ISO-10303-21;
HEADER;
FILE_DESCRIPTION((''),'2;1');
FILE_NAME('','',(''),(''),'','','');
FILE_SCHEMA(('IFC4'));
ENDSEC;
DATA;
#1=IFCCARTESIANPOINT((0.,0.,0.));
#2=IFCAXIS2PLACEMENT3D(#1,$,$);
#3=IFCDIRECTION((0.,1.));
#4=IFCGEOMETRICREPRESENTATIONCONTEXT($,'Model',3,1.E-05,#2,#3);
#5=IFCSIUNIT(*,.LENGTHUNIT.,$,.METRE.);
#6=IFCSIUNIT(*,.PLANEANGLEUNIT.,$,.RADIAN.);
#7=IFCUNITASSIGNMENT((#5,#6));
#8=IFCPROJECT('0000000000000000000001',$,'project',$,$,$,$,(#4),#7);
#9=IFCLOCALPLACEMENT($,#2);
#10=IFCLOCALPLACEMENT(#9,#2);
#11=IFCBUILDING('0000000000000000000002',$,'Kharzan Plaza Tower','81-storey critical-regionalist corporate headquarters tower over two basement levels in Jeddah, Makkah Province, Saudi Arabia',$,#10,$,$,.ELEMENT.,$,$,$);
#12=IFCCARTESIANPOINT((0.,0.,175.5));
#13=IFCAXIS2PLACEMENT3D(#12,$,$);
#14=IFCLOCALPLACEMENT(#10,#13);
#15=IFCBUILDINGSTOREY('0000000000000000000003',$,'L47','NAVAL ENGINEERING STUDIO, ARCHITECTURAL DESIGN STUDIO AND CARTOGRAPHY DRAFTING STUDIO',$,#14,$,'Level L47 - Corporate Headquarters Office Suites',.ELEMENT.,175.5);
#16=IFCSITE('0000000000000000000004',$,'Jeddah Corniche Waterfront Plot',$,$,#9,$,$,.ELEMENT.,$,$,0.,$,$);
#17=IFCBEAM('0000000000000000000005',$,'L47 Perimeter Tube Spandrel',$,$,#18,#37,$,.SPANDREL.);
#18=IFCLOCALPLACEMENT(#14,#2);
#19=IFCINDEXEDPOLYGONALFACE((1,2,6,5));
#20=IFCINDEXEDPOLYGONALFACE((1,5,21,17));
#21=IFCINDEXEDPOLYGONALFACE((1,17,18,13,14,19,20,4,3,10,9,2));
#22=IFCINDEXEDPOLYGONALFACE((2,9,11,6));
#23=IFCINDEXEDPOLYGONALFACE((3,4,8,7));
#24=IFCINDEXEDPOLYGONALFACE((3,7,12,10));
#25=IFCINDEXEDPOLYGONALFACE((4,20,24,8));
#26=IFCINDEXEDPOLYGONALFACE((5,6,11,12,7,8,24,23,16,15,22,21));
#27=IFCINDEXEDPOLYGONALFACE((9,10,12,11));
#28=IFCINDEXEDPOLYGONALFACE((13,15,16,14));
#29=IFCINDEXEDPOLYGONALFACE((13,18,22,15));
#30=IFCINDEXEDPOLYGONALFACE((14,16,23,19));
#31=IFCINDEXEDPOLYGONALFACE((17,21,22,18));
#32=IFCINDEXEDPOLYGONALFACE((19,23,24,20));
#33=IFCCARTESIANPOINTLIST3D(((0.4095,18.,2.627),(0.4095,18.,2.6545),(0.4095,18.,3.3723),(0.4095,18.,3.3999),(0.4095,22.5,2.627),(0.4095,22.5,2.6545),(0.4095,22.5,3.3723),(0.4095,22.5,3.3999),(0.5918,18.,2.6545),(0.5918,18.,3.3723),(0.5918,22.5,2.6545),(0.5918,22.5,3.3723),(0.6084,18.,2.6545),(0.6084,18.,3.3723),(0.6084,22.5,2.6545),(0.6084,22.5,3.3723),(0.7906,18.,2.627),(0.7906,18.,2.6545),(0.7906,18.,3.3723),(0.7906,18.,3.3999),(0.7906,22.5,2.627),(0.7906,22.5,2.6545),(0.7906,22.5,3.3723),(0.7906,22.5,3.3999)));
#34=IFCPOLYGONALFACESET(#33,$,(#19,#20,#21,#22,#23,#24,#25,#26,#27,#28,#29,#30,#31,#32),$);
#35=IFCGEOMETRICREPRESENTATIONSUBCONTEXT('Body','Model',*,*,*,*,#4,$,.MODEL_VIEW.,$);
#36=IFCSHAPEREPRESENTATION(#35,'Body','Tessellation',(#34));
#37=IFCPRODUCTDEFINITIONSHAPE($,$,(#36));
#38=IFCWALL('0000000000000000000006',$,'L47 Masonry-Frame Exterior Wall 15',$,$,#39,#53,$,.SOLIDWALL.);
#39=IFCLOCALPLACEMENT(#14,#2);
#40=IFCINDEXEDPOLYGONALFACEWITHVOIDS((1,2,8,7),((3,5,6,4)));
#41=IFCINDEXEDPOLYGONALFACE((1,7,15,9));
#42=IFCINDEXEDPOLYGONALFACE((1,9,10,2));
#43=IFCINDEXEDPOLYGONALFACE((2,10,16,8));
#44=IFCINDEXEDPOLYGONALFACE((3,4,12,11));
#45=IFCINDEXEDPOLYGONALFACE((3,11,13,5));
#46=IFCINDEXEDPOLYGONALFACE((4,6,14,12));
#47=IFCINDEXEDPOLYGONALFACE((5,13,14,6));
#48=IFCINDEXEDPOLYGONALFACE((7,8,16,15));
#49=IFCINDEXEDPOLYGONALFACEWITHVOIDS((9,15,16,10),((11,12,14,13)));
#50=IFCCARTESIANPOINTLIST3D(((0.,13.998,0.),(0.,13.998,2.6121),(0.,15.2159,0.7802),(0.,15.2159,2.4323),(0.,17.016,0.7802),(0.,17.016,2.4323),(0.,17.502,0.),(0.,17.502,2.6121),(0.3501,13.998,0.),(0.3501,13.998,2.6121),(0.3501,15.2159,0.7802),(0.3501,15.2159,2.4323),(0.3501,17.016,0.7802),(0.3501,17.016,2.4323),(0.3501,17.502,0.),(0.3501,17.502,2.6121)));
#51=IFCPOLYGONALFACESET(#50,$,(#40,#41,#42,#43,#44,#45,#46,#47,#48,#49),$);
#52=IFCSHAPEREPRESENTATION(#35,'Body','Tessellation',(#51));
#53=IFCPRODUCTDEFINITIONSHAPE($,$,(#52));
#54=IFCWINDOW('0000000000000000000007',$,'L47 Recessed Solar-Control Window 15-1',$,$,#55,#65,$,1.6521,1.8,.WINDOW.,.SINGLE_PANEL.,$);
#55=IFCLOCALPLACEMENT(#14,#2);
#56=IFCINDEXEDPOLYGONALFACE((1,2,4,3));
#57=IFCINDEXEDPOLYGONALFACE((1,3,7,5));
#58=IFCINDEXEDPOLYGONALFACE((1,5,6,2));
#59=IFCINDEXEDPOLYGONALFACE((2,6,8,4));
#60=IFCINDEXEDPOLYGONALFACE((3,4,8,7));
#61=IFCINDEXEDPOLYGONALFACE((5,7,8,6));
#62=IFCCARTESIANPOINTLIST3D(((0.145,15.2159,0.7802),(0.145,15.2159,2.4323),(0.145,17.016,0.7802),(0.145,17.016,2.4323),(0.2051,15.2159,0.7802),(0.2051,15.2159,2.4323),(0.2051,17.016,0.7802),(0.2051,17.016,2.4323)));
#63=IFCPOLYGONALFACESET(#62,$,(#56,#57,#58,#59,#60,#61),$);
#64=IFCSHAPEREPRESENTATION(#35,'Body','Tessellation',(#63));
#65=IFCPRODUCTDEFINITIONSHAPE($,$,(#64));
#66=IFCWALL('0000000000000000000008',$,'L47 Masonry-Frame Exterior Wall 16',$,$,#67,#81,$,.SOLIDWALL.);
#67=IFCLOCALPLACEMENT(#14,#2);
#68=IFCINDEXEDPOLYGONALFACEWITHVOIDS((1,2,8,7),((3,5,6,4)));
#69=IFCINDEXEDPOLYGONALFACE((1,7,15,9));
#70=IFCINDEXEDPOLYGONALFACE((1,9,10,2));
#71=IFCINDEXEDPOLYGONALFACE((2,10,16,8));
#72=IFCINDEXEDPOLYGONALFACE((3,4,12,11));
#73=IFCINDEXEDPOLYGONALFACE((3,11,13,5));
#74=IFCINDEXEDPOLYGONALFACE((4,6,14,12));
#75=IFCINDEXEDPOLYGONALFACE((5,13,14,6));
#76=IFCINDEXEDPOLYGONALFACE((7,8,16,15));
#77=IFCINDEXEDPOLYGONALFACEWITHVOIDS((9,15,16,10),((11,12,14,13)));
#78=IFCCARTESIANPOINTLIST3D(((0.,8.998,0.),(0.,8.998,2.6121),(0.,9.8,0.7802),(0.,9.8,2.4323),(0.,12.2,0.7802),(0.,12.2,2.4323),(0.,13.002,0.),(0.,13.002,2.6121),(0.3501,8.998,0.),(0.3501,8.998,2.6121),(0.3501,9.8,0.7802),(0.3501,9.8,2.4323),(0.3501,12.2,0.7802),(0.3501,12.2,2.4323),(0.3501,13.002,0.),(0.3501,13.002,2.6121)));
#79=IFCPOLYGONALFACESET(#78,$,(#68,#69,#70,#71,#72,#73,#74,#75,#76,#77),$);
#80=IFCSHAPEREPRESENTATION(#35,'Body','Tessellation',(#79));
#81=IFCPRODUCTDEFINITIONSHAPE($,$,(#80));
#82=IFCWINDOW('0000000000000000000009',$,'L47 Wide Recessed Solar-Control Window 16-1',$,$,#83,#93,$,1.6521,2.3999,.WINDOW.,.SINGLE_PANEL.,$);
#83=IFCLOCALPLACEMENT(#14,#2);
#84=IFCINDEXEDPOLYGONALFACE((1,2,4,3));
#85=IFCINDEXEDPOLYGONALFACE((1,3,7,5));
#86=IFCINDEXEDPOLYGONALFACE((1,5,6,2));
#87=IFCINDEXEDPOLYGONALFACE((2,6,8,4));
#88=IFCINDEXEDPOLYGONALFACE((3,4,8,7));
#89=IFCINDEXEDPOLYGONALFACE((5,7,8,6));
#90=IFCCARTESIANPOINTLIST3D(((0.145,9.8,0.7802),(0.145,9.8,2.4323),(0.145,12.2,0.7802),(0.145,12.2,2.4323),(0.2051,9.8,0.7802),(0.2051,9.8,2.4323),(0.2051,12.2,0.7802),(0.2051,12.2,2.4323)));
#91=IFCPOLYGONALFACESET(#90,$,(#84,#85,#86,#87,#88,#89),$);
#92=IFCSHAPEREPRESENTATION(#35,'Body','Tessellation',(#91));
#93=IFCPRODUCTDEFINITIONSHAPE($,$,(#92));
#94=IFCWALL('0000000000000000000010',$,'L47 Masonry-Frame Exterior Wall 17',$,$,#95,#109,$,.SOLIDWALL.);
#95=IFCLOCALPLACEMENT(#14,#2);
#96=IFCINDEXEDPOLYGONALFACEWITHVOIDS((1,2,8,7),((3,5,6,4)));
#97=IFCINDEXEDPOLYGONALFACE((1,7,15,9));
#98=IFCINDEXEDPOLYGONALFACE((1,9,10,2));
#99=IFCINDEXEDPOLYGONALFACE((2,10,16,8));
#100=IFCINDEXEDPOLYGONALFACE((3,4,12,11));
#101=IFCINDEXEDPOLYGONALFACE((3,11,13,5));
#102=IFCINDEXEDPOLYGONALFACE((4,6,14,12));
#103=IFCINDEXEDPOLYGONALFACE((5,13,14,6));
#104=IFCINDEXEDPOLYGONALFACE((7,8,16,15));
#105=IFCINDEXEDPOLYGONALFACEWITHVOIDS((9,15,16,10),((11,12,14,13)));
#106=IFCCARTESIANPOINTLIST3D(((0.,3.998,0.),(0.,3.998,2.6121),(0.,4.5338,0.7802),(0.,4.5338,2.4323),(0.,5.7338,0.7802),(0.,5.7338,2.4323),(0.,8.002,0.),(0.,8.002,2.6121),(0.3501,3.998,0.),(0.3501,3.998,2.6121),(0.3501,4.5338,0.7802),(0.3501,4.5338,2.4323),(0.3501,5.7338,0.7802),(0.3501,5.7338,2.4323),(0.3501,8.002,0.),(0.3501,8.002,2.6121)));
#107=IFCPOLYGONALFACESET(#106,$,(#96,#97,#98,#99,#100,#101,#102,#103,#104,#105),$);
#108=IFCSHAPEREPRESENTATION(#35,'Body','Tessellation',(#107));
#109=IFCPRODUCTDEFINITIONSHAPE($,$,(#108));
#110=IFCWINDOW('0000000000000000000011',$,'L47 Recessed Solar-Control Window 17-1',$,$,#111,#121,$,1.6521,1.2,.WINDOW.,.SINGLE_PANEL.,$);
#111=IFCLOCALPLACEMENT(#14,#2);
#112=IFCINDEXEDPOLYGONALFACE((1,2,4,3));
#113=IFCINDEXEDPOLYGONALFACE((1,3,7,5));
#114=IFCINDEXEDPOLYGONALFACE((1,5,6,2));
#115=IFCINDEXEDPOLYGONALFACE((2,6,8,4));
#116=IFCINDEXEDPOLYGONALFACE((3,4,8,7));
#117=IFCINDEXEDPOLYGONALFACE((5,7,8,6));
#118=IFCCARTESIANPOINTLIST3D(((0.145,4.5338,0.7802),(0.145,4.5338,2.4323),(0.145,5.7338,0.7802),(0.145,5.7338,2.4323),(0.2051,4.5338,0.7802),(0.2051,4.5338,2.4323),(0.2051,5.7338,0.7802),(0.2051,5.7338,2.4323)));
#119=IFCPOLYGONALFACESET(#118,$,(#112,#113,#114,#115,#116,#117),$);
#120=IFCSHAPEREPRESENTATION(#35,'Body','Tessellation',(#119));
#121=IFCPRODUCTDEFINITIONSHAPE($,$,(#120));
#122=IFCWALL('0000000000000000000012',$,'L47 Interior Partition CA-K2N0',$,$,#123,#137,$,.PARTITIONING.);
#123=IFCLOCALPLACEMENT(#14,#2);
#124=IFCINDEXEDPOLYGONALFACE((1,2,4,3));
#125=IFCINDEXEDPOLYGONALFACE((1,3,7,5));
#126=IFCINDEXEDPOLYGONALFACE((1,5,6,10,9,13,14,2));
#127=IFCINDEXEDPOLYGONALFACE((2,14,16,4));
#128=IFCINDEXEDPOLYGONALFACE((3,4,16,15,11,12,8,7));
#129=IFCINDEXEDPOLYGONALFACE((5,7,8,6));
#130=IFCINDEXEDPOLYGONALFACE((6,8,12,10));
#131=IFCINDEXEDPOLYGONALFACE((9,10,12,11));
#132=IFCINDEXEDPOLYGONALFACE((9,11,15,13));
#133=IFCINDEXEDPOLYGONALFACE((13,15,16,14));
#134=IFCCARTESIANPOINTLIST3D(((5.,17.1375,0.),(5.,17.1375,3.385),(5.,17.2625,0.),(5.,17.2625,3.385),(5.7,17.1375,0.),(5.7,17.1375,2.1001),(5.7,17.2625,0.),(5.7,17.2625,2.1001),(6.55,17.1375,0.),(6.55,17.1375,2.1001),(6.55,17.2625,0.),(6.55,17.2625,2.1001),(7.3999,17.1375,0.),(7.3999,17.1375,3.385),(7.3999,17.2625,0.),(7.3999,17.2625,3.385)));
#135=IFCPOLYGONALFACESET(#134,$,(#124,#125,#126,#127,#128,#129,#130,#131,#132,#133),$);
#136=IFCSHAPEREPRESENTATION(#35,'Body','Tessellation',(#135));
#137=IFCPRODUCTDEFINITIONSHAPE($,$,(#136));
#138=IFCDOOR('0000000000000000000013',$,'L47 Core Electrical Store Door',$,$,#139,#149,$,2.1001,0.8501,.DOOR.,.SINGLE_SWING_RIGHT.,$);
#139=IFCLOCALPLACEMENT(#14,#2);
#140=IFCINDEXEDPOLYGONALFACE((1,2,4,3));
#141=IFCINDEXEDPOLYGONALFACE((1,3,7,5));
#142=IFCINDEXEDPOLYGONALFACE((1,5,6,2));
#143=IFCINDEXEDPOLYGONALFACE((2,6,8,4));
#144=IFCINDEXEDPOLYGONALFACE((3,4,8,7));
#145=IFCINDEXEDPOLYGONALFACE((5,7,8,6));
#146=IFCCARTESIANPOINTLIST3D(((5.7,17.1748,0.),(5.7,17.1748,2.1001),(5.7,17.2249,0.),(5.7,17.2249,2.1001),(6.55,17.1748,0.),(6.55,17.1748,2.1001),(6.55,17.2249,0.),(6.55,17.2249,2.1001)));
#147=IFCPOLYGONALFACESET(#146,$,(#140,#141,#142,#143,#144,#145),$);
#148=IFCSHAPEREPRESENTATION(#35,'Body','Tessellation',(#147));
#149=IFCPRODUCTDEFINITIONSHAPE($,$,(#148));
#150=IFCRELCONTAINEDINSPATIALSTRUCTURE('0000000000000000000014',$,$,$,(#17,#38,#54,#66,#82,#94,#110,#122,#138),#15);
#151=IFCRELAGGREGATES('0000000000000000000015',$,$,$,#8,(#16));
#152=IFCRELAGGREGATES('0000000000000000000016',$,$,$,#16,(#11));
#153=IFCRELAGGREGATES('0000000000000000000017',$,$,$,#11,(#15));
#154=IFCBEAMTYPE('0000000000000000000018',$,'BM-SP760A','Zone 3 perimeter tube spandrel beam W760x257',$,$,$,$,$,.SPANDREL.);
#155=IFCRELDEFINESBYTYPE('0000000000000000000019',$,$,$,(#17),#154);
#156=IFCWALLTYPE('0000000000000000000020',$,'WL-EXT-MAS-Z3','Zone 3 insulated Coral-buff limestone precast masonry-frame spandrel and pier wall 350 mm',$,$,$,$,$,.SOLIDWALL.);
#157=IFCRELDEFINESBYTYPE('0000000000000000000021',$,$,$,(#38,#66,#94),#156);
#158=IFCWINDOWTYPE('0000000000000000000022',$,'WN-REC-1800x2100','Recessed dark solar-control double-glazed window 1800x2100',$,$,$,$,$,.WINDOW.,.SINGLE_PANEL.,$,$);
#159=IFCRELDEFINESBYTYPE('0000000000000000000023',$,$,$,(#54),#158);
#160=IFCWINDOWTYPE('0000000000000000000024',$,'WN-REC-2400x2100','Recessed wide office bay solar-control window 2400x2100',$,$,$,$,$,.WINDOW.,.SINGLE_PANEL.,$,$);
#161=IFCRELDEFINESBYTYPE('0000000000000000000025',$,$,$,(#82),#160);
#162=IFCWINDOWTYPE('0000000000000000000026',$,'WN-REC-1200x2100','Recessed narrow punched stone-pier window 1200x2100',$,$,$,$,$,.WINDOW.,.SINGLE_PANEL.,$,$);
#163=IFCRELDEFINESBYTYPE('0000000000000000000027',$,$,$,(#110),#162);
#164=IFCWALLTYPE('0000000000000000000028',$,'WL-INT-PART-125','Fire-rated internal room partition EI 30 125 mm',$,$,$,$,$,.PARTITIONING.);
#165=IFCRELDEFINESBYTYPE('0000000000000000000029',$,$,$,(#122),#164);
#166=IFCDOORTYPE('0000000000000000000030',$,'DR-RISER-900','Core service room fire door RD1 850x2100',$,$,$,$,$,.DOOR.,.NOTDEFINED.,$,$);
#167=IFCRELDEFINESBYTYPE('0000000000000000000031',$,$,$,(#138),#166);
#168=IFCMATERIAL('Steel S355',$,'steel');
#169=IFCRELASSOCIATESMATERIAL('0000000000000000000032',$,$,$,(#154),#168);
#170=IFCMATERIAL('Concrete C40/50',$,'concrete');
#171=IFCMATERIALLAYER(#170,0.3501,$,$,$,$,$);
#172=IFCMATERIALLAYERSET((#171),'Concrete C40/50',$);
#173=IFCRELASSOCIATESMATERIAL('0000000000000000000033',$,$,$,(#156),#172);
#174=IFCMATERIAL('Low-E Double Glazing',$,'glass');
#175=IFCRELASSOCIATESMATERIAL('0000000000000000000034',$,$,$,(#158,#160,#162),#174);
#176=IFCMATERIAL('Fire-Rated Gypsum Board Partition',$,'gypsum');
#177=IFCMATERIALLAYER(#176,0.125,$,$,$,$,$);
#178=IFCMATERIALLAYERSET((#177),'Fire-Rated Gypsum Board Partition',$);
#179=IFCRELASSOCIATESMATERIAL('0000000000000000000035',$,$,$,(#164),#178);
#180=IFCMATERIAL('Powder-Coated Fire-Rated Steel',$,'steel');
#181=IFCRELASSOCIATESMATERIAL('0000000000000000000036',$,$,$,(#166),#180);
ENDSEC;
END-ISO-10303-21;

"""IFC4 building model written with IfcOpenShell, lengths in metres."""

from ifc_helpers import new_model, si_unit, direction, frame, frame_2d, origin, origin_2d, place, context, subcontext, project, spatial, rectangle, i_section, extrude, source, transform, mapped, material, layer, layer_set, material_profile, profile_set, type_object, element, fill, save


model = new_model("IFC4")

# Units and contexts
model_context = context("Model", 3, precision=1e-05, world=origin(), true_north=direction((0.0, 1.0)))
body_context = subcontext(model_context, "Body", "Model", "MODEL_VIEW")
ifc_project = project(units=[si_unit("LENGTHUNIT", "METRE"), si_unit("PLANEANGLEUNIT", "RADIAN")], contexts=[model_context])

# Site, building, storey
site_placement = place(None, origin())
site = spatial("IfcSite", under=ifc_project, at=site_placement, Name="Jeddah Corniche Waterfront Plot", CompositionType="ELEMENT", RefElevation=0.0)
building_placement = place(site_placement, origin())
building = spatial("IfcBuilding", under=site, at=building_placement, Name="Kharzan Plaza Tower", Description="81-storey critical-regionalist corporate headquarters tower over two basement levels in Jeddah, Makkah Province, Saudi Arabia", CompositionType="ELEMENT")
storey_placement = place(building_placement, frame((0.0, 0.0, 175.5)))
storey = spatial("IfcBuildingStorey", under=building, at=storey_placement, Name="L47", Description="NAVAL ENGINEERING STUDIO, ARCHITECTURAL DESIGN STUDIO AND CARTOGRAPHY DRAFTING STUDIO", LongName="Level L47 - Corporate Headquarters Office Suites", CompositionType="ELEMENT", Elevation=175.5)

# Beam
ifc_material_1 = material(Name="Steel S355", Category="steel")
ifc_material_profile_1 = material_profile(ifc_material_1, i_section(OverallWidth=0.3811, OverallDepth=0.7729, WebThickness=0.0166, FlangeThickness=0.0276, at=origin_2d()), Name="W760x257")
ifc_profile_set_1 = profile_set([ifc_material_profile_1], Name="Steel S355")
beam_type_1 = type_object("IfcBeamType", Name="BM-SP760A", Description="Zone 3 perimeter tube spandrel beam W760x257", PredefinedType="SPANDREL", material=ifc_profile_set_1)
shared_shape_1 = source(origin(), body_context, "Body", "SweptSolid", [
    extrude(i_section(OverallWidth=0.3811, OverallDepth=0.7729, WebThickness=0.0166, FlangeThickness=0.0276, at=origin_2d()), origin(), (0.0, 0.0, 1.0), 4.5),
])
for number, where, z_axis, x_axis, name in (
    (1, (0.6001, 18.0, 3.0134), (0.0, 1.0, 0.0), (-1.0, 0.0, 0.0), "L47 Perimeter Tube Spandrel"),
):
    element("IfcBeam", number, at=place(storey_placement, frame(where, z_axis=z_axis, x_axis=x_axis)), inside=storey, type_object=beam_type_1, Name=name, PredefinedType="SPANDREL", context=body_context, shape_type="MappedRepresentation", body=[
        mapped(shared_shape_1, transform((0.0, 0.0, 0.0), x_axis=(1.0, 0.0, 0.0), y_axis=(0.0, 1.0, 0.0), z_axis=(0.0, 0.0, 1.0))),
    ])

# Walls, openings, windows
ifc_material_2 = material(Name="Concrete C40/50", Category="concrete")
ifc_layer_1 = layer(ifc_material_2, 0.3501)
ifc_layer_set_1 = layer_set([ifc_layer_1], Name="Concrete C40/50")
wall_type_1 = type_object("IfcWallType", Name="WL-EXT-MAS-Z3", Description="Zone 3 insulated Coral-buff limestone precast masonry-frame spandrel and pier wall 350 mm", PredefinedType="SOLIDWALL", material=ifc_layer_set_1)
wall_1_placement = place(storey_placement, frame((0.175, 17.502, 0.0), z_axis=(0.0, 0.0, 1.0), x_axis=(0.0, -1.0, 0.0)))
wall_1 = element("IfcWall", 2, at=wall_1_placement, inside=storey, type_object=wall_type_1, Name="L47 Masonry-Frame Exterior Wall 15", PredefinedType="SOLIDWALL", context=body_context, shape_type="SweptSolid", body=[
    extrude(rectangle(XDim=3.5039, YDim=0.3501, at=frame_2d((1.752, 0.0))), origin(), (0.0, 0.0, 1.0), 2.6121),
])
opening_1_placement = place(wall_1_placement, frame((0.4861, 0.0, 0.78)))
opening_1 = element("IfcOpeningElement", 3, at=opening_1_placement, cuts=wall_1, PredefinedType="OPENING", context=body_context, shape_type="SweptSolid", body=[
    extrude(rectangle(XDim=1.8, YDim=1.6521, at=frame_2d((0.8999, 0.8262))), frame((0.0, 0.1851, 0.0), z_axis=(0.0, -1.0, 0.0), x_axis=(1.0, 0.0, 0.0)), (0.0, 0.0, 1.0), 0.3701),
])
ifc_material_3 = material(Name="Low-E Double Glazing", Category="glass")
window_type_1 = type_object("IfcWindowType", Name="WN-REC-1800x2100", Description="Recessed dark solar-control double-glazed window 1800x2100", PartitioningType="SINGLE_PANEL", PredefinedType="WINDOW", material=ifc_material_3)
shared_shape_2 = source(origin(), body_context, "Body", "SweptSolid", [
    extrude(rectangle(XDim=1.8, YDim=1.6521, at=frame_2d((0.8999, 0.8262))), frame((0.0, 0.03, 0.0), z_axis=(0.0, -1.0, 0.0), x_axis=(1.0, 0.0, 0.0)), (0.0, 0.0, 1.0), 0.0601),
])
window_1_placement = place(opening_1_placement, origin())
window_1 = element("IfcWindow", 4, at=window_1_placement, inside=storey, type_object=window_type_1, Name="L47 Recessed Solar-Control Window 15-1", OverallHeight=1.6521, OverallWidth=1.8, PartitioningType="SINGLE_PANEL", PredefinedType="WINDOW", context=body_context, shape_type="MappedRepresentation", body=[
    mapped(shared_shape_2, transform((0.0, 0.0, 0.0), x_axis=(1.0, 0.0, 0.0), y_axis=(0.0, 1.0, 0.0), z_axis=(0.0, 0.0, 1.0))),
])
fill(opening_1, window_1)
wall_2_placement = place(storey_placement, frame((0.175, 13.002, 0.0), z_axis=(0.0, 0.0, 1.0), x_axis=(0.0, -1.0, 0.0)))
wall_2 = element("IfcWall", 5, at=wall_2_placement, inside=storey, type_object=wall_type_1, Name="L47 Masonry-Frame Exterior Wall 16", PredefinedType="SOLIDWALL", context=body_context, shape_type="SweptSolid", body=[
    extrude(rectangle(XDim=4.0039, YDim=0.3501, at=frame_2d((2.002, 0.0))), origin(), (0.0, 0.0, 1.0), 2.6121),
])
opening_2_placement = place(wall_2_placement, frame((0.802, 0.0, 0.78)))
opening_2 = element("IfcOpeningElement", 6, at=opening_2_placement, cuts=wall_2, PredefinedType="OPENING", context=body_context, shape_type="SweptSolid", body=[
    extrude(rectangle(XDim=2.3999, YDim=1.6521, at=frame_2d((1.2, 0.8262))), frame((0.0, 0.1851, 0.0), z_axis=(0.0, -1.0, 0.0), x_axis=(1.0, 0.0, 0.0)), (0.0, 0.0, 1.0), 0.3701),
])
window_type_2 = type_object("IfcWindowType", Name="WN-REC-2400x2100", Description="Recessed wide office bay solar-control window 2400x2100", PartitioningType="SINGLE_PANEL", PredefinedType="WINDOW", material=ifc_material_3)
shared_shape_3 = source(origin(), body_context, "Body", "SweptSolid", [
    extrude(rectangle(XDim=2.3999, YDim=1.6521, at=frame_2d((1.2, 0.8262))), frame((0.0, 0.03, 0.0), z_axis=(0.0, -1.0, 0.0), x_axis=(1.0, 0.0, 0.0)), (0.0, 0.0, 1.0), 0.0601),
])
window_2_placement = place(opening_2_placement, origin())
window_2 = element("IfcWindow", 7, at=window_2_placement, inside=storey, type_object=window_type_2, Name="L47 Wide Recessed Solar-Control Window 16-1", OverallHeight=1.6521, OverallWidth=2.3999, PartitioningType="SINGLE_PANEL", PredefinedType="WINDOW", context=body_context, shape_type="MappedRepresentation", body=[
    mapped(shared_shape_3, transform((0.0, 0.0, 0.0), x_axis=(1.0, 0.0, 0.0), y_axis=(0.0, 1.0, 0.0), z_axis=(0.0, 0.0, 1.0))),
])
fill(opening_2, window_2)
wall_3_placement = place(storey_placement, frame((0.175, 8.002, 0.0), z_axis=(0.0, 0.0, 1.0), x_axis=(0.0, -1.0, 0.0)))
wall_3 = element("IfcWall", 8, at=wall_3_placement, inside=storey, type_object=wall_type_1, Name="L47 Masonry-Frame Exterior Wall 17", PredefinedType="SOLIDWALL", context=body_context, shape_type="SweptSolid", body=[
    extrude(rectangle(XDim=4.0039, YDim=0.3501, at=frame_2d((2.002, 0.0))), origin(), (0.0, 0.0, 1.0), 2.6121),
])
opening_3_placement = place(wall_3_placement, frame((2.2681, 0.0, 0.78)))
opening_3 = element("IfcOpeningElement", 9, at=opening_3_placement, cuts=wall_3, PredefinedType="OPENING", context=body_context, shape_type="SweptSolid", body=[
    extrude(rectangle(XDim=1.2, YDim=1.6521, at=frame_2d((0.6001, 0.8262))), frame((0.0, 0.1851, 0.0), z_axis=(0.0, -1.0, 0.0), x_axis=(1.0, 0.0, 0.0)), (0.0, 0.0, 1.0), 0.3701),
])
window_type_3 = type_object("IfcWindowType", Name="WN-REC-1200x2100", Description="Recessed narrow punched stone-pier window 1200x2100", PartitioningType="SINGLE_PANEL", PredefinedType="WINDOW", material=ifc_material_3)
shared_shape_4 = source(origin(), body_context, "Body", "SweptSolid", [
    extrude(rectangle(XDim=1.2, YDim=1.6521, at=frame_2d((0.6001, 0.8262))), frame((0.0, 0.03, 0.0), z_axis=(0.0, -1.0, 0.0), x_axis=(1.0, 0.0, 0.0)), (0.0, 0.0, 1.0), 0.0601),
])
window_3_placement = place(opening_3_placement, origin())
window_3 = element("IfcWindow", 10, at=window_3_placement, inside=storey, type_object=window_type_3, Name="L47 Recessed Solar-Control Window 17-1", OverallHeight=1.6521, OverallWidth=1.2, PartitioningType="SINGLE_PANEL", PredefinedType="WINDOW", context=body_context, shape_type="MappedRepresentation", body=[
    mapped(shared_shape_4, transform((0.0, 0.0, 0.0), x_axis=(1.0, 0.0, 0.0), y_axis=(0.0, 1.0, 0.0), z_axis=(0.0, 0.0, 1.0))),
])
fill(opening_3, window_3)

# Wall, opening, door
ifc_material_4 = material(Name="Fire-Rated Gypsum Board Partition", Category="gypsum")
ifc_layer_2 = layer(ifc_material_4, 0.125)
ifc_layer_set_2 = layer_set([ifc_layer_2], Name="Fire-Rated Gypsum Board Partition")
wall_type_2 = type_object("IfcWallType", Name="WL-INT-PART-125", Description="Fire-rated internal room partition EI 30 125 mm", PredefinedType="PARTITIONING", material=ifc_layer_set_2)
wall_4_placement = place(storey_placement, frame((5.0, 17.2, 0.0), z_axis=(0.0, 0.0, 1.0), x_axis=(1.0, 0.0, 0.0)))
wall_4 = element("IfcWall", 11, at=wall_4_placement, inside=storey, type_object=wall_type_2, Name="L47 Interior Partition CA-K2N0", PredefinedType="PARTITIONING", context=body_context, shape_type="SweptSolid", body=[
    extrude(rectangle(XDim=2.3999, YDim=0.125, at=frame_2d((1.2, 0.0))), origin(), (0.0, 0.0, 1.0), 3.385),
])
opening_4_placement = place(wall_4_placement, frame((0.7, 0.0, 0.0)))
opening_4 = element("IfcOpeningElement", 12, at=opening_4_placement, cuts=wall_4, PredefinedType="OPENING", context=body_context, shape_type="SweptSolid", body=[
    extrude(rectangle(XDim=0.8501, YDim=2.1001, at=frame_2d((0.425, 1.05))), frame((0.0, 0.0725, 0.0), z_axis=(0.0, -1.0, 0.0), x_axis=(1.0, 0.0, 0.0)), (0.0, 0.0, 1.0), 0.145),
])
ifc_material_5 = material(Name="Powder-Coated Fire-Rated Steel", Category="steel")
door_type_1 = type_object("IfcDoorType", Name="DR-RISER-900", Description="Core service room fire door RD1 850x2100", OperationType="NOTDEFINED", PredefinedType="DOOR", material=ifc_material_5)
shared_shape_5 = source(origin(), body_context, "Body", "SweptSolid", [
    extrude(rectangle(XDim=0.8501, YDim=2.1001, at=frame_2d((0.425, 1.05))), frame((0.0, 0.0249, 0.0), z_axis=(0.0, -1.0, 0.0), x_axis=(1.0, 0.0, 0.0)), (0.0, 0.0, 1.0), 0.05),
])
door_1_placement = place(opening_4_placement, origin())
door_1 = element("IfcDoor", 13, at=door_1_placement, inside=storey, type_object=door_type_1, Name="L47 Core Electrical Store Door", OperationType="SINGLE_SWING_RIGHT", OverallHeight=2.1001, OverallWidth=0.8501, PredefinedType="DOOR", context=body_context, shape_type="MappedRepresentation", body=[
    mapped(shared_shape_5, transform((0.0, 0.0, 0.0), x_axis=(1.0, 0.0, 0.0), y_axis=(0.0, 1.0, 0.0), z_axis=(0.0, 0.0, 1.0))),
])
fill(opening_4, door_1)

save(model, "model.ifc")
